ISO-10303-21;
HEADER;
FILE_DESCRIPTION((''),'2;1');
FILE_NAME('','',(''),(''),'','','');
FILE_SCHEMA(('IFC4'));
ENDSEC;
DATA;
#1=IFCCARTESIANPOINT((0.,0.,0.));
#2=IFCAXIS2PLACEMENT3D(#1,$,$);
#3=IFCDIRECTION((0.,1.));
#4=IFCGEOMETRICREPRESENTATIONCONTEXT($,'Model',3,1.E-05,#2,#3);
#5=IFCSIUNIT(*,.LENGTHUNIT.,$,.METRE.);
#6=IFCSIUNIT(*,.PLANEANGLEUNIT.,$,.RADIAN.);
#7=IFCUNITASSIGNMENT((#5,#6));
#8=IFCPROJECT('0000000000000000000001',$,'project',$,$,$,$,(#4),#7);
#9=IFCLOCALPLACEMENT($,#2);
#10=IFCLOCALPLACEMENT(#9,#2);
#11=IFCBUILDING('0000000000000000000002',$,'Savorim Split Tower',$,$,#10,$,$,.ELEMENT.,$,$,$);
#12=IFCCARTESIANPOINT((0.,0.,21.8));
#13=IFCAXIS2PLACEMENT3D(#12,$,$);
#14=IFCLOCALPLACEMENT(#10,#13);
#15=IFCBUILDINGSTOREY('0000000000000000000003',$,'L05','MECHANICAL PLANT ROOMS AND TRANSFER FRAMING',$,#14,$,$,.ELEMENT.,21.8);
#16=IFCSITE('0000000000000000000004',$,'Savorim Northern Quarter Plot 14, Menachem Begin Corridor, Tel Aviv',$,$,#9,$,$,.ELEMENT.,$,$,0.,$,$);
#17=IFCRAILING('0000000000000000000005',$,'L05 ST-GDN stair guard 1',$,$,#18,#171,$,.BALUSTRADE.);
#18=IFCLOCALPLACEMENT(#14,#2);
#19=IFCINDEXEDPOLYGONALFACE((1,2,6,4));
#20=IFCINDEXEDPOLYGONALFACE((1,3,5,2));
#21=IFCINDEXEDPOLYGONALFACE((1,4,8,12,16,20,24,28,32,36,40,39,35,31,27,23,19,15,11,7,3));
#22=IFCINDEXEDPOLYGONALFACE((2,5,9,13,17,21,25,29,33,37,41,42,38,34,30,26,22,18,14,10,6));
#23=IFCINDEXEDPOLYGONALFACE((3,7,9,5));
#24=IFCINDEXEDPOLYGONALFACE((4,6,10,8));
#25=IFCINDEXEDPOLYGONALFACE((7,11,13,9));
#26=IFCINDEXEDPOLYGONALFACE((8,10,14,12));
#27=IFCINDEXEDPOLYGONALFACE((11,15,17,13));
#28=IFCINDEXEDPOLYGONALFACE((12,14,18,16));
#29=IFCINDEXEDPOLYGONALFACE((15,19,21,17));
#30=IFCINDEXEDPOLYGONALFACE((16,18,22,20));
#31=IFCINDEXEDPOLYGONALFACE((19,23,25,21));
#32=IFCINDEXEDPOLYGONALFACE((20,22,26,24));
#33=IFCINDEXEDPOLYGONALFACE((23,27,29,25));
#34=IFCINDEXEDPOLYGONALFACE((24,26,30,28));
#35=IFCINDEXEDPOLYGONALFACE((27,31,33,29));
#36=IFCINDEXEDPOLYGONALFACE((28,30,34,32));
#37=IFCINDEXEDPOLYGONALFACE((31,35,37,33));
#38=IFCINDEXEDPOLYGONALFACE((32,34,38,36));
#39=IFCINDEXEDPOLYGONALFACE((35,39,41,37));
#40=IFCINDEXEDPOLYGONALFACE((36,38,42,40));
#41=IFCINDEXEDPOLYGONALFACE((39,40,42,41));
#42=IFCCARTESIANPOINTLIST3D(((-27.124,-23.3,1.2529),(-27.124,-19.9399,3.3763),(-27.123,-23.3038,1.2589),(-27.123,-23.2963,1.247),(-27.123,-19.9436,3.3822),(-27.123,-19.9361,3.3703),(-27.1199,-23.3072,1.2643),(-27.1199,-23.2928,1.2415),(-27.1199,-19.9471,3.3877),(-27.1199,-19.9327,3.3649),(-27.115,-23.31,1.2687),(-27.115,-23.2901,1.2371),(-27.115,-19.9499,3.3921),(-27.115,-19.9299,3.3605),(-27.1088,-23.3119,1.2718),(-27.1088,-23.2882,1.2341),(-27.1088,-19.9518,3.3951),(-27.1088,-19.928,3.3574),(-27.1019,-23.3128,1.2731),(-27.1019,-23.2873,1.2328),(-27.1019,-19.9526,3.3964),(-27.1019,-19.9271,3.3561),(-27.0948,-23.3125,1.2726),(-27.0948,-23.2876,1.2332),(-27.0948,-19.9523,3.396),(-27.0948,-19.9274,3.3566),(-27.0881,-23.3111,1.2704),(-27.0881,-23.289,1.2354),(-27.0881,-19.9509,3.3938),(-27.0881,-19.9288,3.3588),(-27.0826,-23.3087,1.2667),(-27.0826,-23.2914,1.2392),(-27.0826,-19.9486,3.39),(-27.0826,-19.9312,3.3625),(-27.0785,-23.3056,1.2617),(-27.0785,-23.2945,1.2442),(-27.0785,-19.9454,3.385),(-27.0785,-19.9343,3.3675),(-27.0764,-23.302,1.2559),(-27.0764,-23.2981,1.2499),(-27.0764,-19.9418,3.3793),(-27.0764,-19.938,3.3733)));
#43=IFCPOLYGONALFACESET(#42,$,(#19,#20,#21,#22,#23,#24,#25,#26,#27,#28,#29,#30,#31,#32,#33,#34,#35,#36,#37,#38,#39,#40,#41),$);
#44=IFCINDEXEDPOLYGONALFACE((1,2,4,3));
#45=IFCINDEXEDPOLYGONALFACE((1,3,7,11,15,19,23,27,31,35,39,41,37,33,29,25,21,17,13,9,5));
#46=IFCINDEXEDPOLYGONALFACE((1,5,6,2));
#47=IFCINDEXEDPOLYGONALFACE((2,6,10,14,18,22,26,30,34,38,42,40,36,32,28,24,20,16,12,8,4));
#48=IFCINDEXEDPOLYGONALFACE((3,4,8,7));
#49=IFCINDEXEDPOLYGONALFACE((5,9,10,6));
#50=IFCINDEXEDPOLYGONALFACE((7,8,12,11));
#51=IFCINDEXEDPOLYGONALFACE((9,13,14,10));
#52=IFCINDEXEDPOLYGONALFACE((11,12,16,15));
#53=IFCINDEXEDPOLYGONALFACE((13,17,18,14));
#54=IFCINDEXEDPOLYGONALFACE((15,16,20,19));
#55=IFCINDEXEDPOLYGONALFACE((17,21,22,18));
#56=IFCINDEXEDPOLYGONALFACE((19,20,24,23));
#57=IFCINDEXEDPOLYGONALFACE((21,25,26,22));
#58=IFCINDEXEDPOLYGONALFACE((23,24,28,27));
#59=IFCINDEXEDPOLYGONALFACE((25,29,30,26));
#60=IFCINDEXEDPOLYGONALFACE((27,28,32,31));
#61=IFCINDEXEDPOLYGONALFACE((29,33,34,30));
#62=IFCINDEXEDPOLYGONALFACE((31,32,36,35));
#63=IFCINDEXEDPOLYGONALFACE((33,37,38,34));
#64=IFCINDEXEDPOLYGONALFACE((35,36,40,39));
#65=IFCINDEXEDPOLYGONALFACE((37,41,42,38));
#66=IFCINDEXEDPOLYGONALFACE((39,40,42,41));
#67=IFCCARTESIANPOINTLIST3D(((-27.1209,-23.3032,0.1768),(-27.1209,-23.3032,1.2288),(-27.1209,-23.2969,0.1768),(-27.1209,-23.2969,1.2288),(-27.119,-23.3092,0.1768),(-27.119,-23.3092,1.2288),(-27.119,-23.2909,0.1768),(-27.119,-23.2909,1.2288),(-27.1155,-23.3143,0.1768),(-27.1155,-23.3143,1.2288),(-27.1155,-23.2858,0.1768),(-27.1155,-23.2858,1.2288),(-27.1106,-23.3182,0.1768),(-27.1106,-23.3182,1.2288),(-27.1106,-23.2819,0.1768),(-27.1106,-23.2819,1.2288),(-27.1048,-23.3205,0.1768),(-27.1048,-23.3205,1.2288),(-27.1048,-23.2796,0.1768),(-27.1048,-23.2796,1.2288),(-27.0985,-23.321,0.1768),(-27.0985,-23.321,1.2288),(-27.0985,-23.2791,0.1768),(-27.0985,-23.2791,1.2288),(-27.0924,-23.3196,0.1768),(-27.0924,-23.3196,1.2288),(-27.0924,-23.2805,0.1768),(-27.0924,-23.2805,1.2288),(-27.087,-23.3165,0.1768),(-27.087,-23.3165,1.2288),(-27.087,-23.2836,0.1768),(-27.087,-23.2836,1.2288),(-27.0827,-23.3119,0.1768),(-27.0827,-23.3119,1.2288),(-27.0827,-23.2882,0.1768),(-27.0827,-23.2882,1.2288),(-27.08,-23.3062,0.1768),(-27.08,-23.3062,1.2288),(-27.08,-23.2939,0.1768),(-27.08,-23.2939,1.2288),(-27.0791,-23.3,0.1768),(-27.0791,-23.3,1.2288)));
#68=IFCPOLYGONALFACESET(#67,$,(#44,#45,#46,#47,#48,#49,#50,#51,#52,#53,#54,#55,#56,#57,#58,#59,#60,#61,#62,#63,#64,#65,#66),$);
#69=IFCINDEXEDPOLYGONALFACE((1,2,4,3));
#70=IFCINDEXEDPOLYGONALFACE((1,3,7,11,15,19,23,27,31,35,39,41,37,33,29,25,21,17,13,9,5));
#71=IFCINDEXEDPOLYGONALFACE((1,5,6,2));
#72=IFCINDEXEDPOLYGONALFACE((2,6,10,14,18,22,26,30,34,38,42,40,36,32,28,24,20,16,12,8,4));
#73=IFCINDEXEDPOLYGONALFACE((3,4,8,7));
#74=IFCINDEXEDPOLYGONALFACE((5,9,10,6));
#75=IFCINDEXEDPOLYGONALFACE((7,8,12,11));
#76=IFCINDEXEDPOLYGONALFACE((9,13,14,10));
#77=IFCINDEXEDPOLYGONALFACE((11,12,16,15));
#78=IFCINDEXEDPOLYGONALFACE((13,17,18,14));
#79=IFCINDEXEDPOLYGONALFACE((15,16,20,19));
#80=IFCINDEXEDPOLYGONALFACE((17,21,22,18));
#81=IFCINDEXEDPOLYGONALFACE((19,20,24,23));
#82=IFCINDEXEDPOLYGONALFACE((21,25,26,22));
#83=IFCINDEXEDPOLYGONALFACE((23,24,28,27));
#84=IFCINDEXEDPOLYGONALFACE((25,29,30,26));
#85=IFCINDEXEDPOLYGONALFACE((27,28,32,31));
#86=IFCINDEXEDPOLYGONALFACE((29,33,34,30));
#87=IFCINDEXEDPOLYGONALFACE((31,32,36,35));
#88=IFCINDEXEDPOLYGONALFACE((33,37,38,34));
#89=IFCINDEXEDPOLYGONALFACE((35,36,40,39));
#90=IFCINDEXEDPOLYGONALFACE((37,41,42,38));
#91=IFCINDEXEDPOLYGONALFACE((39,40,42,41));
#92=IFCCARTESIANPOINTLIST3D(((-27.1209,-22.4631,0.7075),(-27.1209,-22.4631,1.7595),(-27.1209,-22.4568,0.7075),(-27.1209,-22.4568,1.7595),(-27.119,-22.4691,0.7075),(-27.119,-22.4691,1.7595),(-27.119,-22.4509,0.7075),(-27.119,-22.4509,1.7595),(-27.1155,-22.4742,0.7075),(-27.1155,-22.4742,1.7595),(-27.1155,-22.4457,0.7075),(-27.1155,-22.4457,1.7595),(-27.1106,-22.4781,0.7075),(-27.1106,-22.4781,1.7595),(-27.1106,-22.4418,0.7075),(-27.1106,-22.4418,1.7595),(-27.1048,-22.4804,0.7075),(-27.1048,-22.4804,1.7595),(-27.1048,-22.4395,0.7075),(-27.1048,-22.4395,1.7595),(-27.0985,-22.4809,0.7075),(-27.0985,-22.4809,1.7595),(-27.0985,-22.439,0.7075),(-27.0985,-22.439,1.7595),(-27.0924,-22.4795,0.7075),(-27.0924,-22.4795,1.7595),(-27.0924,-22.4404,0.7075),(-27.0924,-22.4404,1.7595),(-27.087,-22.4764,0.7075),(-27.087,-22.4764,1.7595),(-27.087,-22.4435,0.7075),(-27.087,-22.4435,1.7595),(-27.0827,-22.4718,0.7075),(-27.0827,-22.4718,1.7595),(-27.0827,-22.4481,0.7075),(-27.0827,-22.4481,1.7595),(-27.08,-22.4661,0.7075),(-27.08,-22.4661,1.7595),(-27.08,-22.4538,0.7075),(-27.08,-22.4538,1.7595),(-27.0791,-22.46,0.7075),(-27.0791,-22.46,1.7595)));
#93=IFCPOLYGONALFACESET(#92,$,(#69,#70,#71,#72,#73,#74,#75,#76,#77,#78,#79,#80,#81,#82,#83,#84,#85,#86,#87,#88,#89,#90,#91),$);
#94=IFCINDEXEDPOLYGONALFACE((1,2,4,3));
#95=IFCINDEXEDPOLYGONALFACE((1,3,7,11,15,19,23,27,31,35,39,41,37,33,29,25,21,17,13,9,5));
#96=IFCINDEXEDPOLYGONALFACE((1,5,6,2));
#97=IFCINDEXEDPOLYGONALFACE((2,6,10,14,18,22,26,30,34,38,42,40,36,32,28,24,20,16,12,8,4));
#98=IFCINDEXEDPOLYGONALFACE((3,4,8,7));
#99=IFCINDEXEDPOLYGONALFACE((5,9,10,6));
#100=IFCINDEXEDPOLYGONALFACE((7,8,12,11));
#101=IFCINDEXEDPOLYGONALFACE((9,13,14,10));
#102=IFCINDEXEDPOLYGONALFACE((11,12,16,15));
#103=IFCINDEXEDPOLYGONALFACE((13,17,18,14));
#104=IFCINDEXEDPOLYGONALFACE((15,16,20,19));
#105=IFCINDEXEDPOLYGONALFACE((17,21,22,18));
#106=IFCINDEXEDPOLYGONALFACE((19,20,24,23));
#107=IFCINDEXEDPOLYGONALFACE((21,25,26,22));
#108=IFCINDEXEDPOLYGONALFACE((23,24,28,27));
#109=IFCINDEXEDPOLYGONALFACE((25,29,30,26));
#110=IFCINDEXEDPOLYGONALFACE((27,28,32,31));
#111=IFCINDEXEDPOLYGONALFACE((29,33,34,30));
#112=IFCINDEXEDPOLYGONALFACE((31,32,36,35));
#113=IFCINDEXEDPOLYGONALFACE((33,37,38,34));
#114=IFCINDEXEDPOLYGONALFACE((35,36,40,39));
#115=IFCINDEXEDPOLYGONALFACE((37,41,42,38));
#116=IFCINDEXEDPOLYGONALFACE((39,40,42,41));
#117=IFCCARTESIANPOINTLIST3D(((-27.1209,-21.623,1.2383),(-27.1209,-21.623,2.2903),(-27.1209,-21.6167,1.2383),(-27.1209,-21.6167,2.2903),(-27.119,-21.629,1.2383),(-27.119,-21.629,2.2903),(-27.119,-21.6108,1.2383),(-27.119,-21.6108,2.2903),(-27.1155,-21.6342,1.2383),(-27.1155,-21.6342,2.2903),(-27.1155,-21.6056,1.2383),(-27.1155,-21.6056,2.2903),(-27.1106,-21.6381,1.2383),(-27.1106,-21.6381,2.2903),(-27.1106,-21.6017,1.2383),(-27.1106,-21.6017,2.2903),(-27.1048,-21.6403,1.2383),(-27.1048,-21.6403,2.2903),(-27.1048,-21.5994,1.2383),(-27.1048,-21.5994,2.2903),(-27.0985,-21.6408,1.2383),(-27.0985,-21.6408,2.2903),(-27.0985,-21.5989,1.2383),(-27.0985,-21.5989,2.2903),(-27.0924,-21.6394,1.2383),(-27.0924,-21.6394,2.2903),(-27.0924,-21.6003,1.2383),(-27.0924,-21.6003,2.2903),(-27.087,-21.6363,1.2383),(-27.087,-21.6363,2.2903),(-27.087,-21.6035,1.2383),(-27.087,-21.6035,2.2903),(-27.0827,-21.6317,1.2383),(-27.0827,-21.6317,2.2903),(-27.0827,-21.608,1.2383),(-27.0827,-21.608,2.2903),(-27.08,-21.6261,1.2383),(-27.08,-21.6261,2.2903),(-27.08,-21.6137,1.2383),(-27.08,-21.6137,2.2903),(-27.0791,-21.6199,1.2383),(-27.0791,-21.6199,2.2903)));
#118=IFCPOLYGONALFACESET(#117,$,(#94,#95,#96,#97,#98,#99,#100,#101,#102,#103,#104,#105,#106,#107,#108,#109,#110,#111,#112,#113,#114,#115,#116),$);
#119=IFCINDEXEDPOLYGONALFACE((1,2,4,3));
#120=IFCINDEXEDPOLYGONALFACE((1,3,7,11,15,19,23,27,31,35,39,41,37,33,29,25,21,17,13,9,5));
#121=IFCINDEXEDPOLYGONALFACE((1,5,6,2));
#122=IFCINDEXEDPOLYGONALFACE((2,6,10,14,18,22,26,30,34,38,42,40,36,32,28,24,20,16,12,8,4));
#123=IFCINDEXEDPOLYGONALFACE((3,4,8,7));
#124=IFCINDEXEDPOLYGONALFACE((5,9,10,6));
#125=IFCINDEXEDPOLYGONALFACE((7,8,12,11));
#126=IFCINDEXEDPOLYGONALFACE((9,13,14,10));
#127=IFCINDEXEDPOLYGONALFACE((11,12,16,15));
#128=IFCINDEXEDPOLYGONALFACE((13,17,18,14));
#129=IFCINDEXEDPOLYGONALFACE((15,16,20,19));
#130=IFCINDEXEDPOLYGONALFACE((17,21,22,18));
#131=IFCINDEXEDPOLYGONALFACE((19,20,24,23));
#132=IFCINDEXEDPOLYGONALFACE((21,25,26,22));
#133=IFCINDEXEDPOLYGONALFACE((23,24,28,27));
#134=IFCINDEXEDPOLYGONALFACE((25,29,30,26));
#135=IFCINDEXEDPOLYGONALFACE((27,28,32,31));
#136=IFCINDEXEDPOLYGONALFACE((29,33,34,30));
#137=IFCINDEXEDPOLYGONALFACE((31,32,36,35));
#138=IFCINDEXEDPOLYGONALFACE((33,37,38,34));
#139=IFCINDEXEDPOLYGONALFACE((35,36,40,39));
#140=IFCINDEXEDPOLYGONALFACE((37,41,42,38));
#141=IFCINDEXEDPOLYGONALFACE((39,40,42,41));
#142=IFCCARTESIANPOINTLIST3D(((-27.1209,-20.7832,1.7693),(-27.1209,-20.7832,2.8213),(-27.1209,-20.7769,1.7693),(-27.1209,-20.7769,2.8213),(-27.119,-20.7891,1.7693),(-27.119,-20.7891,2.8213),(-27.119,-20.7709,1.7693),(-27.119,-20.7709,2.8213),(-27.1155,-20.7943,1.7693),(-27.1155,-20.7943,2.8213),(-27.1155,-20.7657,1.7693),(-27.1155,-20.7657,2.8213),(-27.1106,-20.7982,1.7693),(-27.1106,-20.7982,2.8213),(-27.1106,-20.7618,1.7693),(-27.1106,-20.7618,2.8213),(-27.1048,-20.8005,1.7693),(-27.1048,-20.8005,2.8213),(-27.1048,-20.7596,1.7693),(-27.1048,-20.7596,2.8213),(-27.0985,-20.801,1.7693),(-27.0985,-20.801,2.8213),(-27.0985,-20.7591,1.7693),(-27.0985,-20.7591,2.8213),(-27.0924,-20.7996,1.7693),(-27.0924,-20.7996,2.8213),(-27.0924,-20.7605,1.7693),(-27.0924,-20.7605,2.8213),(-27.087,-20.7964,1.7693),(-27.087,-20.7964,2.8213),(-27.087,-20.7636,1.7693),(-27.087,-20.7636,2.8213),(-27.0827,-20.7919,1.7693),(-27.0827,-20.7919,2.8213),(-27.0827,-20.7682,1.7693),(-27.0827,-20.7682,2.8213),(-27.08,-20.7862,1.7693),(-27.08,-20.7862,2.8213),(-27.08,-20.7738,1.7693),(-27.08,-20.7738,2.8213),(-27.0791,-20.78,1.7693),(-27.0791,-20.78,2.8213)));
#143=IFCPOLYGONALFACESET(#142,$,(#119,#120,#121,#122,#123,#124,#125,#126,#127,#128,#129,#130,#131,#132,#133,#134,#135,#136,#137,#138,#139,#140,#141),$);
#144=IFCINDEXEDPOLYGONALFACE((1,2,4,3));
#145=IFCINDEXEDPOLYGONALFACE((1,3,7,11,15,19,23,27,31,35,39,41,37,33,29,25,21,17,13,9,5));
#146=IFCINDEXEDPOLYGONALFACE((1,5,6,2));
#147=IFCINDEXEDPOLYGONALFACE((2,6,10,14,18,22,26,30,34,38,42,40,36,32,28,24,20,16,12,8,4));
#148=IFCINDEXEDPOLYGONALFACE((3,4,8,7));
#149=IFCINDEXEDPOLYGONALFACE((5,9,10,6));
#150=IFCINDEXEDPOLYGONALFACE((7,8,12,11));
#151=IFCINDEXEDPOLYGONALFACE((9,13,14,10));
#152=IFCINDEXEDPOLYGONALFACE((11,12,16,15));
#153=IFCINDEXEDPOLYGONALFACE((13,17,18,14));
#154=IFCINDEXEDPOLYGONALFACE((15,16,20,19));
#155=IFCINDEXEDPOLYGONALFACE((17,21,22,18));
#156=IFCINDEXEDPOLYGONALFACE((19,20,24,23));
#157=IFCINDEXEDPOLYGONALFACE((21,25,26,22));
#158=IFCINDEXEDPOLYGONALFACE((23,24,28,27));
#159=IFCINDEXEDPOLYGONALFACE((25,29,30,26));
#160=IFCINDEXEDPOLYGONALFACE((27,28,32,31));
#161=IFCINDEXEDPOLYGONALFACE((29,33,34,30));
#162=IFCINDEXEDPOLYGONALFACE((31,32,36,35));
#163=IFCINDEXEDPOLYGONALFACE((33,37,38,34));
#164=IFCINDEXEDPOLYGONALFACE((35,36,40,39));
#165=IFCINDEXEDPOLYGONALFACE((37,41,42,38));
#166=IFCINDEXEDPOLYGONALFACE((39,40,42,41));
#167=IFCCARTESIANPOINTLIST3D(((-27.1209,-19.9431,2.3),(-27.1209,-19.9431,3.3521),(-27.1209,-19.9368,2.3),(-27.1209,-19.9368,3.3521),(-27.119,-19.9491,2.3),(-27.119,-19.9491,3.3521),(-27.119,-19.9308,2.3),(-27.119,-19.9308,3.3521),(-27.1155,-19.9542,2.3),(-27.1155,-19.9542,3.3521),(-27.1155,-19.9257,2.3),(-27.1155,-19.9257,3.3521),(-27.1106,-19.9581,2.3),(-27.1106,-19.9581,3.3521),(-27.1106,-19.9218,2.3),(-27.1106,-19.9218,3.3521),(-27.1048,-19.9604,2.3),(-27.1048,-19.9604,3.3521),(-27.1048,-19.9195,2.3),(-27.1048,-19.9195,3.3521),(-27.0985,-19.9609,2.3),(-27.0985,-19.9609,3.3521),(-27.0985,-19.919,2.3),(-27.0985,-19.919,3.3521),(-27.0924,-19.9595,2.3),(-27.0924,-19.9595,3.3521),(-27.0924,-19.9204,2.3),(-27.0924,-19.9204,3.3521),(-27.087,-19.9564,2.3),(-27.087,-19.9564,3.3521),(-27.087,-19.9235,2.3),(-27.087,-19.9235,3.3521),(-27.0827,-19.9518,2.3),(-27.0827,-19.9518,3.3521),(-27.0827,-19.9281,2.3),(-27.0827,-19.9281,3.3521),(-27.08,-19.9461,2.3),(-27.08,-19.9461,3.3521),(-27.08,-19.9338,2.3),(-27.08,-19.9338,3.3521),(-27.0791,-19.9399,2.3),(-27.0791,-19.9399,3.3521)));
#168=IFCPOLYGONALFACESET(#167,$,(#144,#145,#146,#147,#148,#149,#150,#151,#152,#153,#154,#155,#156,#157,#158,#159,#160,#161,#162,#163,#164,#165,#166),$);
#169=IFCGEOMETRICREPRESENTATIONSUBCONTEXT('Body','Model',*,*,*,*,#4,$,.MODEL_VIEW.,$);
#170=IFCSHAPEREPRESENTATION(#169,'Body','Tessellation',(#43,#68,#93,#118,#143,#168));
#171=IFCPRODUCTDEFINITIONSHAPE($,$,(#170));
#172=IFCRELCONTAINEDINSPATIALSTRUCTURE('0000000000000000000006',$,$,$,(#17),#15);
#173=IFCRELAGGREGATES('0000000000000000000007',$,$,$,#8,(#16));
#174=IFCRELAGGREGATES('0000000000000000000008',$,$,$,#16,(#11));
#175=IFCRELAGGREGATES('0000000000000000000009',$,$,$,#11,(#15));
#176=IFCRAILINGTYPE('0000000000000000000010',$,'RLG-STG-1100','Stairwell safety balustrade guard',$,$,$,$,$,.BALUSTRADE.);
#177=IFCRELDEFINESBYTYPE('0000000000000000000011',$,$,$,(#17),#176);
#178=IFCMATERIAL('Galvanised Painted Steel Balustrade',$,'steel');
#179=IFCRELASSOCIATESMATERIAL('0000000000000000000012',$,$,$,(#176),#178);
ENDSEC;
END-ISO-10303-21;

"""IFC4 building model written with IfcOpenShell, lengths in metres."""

from ifc_helpers import new_model, si_unit, direction, frame, origin, origin_2d, place, context, subcontext, project, spatial, circle, extrude, material, type_object, element, save


model = new_model("IFC4")

# Units and contexts
model_context = context("Model", 3, precision=1e-05, world=origin(), true_north=direction((0.0, 1.0)))
body_context = subcontext(model_context, "Body", "Model", "MODEL_VIEW")
ifc_project = project(units=[si_unit("LENGTHUNIT", "METRE"), si_unit("PLANEANGLEUNIT", "RADIAN")], contexts=[model_context])

# Site, building, storey
site_placement = place(None, origin())
site = spatial("IfcSite", under=ifc_project, at=site_placement, Name="Savorim Northern Quarter Plot 14, Menachem Begin Corridor, Tel Aviv", CompositionType="ELEMENT", RefElevation=0.0)
building_placement = place(site_placement, origin())
building = spatial("IfcBuilding", under=site, at=building_placement, Name="Savorim Split Tower", CompositionType="ELEMENT")
storey_placement = place(building_placement, frame((0.0, 0.0, 21.8)))
storey = spatial("IfcBuildingStorey", under=building, at=storey_placement, Name="L05", Description="MECHANICAL PLANT ROOMS AND TRANSFER FRAMING", CompositionType="ELEMENT", Elevation=21.8)

# Railing
ifc_material_1 = material(Name="Galvanised Painted Steel Balustrade", Category="steel")
railing_type_1 = type_object("IfcRailingType", Name="RLG-STG-1100", Description="Stairwell safety balustrade guard", PredefinedType="BALUSTRADE", material=ifc_material_1)
railing_1_placement = place(storey_placement, frame((-27.1001, -23.3, 0.1768)))
element("IfcRailing", 1, at=railing_1_placement, inside=storey, type_object=railing_type_1, Name="L05 ST-GDN stair guard 1", PredefinedType="BALUSTRADE", context=body_context, shape_type="SweptSolid", body=[
    extrude(circle(Radius=0.0239, at=origin_2d()), frame((0.0, 0.0, 1.0762), z_axis=(0.0, 0.845362, 0.534194), x_axis=(-1.0, 0.0, 0.0)), (0.0, 0.0, 1.0), 3.9749),
    extrude(circle(Radius=0.021, at=origin_2d()), origin(), (0.0, 0.0, 1.0), 1.052),
    extrude(circle(Radius=0.021, at=origin_2d()), frame((0.0, 0.8401, 0.5308)), (0.0, 0.0, 1.0), 1.052),
    extrude(circle(Radius=0.021, at=origin_2d()), frame((0.0, 1.6802, 1.0615)), (0.0, 0.0, 1.0), 1.052),
    extrude(circle(Radius=0.021, at=origin_2d()), frame((0.0, 2.52, 1.5925)), (0.0, 0.0, 1.0), 1.052),
    extrude(circle(Radius=0.021, at=origin_2d()), frame((0.0, 3.3601, 2.1233)), (0.0, 0.0, 1.0), 1.052),
])

save(model, "model.ifc")
